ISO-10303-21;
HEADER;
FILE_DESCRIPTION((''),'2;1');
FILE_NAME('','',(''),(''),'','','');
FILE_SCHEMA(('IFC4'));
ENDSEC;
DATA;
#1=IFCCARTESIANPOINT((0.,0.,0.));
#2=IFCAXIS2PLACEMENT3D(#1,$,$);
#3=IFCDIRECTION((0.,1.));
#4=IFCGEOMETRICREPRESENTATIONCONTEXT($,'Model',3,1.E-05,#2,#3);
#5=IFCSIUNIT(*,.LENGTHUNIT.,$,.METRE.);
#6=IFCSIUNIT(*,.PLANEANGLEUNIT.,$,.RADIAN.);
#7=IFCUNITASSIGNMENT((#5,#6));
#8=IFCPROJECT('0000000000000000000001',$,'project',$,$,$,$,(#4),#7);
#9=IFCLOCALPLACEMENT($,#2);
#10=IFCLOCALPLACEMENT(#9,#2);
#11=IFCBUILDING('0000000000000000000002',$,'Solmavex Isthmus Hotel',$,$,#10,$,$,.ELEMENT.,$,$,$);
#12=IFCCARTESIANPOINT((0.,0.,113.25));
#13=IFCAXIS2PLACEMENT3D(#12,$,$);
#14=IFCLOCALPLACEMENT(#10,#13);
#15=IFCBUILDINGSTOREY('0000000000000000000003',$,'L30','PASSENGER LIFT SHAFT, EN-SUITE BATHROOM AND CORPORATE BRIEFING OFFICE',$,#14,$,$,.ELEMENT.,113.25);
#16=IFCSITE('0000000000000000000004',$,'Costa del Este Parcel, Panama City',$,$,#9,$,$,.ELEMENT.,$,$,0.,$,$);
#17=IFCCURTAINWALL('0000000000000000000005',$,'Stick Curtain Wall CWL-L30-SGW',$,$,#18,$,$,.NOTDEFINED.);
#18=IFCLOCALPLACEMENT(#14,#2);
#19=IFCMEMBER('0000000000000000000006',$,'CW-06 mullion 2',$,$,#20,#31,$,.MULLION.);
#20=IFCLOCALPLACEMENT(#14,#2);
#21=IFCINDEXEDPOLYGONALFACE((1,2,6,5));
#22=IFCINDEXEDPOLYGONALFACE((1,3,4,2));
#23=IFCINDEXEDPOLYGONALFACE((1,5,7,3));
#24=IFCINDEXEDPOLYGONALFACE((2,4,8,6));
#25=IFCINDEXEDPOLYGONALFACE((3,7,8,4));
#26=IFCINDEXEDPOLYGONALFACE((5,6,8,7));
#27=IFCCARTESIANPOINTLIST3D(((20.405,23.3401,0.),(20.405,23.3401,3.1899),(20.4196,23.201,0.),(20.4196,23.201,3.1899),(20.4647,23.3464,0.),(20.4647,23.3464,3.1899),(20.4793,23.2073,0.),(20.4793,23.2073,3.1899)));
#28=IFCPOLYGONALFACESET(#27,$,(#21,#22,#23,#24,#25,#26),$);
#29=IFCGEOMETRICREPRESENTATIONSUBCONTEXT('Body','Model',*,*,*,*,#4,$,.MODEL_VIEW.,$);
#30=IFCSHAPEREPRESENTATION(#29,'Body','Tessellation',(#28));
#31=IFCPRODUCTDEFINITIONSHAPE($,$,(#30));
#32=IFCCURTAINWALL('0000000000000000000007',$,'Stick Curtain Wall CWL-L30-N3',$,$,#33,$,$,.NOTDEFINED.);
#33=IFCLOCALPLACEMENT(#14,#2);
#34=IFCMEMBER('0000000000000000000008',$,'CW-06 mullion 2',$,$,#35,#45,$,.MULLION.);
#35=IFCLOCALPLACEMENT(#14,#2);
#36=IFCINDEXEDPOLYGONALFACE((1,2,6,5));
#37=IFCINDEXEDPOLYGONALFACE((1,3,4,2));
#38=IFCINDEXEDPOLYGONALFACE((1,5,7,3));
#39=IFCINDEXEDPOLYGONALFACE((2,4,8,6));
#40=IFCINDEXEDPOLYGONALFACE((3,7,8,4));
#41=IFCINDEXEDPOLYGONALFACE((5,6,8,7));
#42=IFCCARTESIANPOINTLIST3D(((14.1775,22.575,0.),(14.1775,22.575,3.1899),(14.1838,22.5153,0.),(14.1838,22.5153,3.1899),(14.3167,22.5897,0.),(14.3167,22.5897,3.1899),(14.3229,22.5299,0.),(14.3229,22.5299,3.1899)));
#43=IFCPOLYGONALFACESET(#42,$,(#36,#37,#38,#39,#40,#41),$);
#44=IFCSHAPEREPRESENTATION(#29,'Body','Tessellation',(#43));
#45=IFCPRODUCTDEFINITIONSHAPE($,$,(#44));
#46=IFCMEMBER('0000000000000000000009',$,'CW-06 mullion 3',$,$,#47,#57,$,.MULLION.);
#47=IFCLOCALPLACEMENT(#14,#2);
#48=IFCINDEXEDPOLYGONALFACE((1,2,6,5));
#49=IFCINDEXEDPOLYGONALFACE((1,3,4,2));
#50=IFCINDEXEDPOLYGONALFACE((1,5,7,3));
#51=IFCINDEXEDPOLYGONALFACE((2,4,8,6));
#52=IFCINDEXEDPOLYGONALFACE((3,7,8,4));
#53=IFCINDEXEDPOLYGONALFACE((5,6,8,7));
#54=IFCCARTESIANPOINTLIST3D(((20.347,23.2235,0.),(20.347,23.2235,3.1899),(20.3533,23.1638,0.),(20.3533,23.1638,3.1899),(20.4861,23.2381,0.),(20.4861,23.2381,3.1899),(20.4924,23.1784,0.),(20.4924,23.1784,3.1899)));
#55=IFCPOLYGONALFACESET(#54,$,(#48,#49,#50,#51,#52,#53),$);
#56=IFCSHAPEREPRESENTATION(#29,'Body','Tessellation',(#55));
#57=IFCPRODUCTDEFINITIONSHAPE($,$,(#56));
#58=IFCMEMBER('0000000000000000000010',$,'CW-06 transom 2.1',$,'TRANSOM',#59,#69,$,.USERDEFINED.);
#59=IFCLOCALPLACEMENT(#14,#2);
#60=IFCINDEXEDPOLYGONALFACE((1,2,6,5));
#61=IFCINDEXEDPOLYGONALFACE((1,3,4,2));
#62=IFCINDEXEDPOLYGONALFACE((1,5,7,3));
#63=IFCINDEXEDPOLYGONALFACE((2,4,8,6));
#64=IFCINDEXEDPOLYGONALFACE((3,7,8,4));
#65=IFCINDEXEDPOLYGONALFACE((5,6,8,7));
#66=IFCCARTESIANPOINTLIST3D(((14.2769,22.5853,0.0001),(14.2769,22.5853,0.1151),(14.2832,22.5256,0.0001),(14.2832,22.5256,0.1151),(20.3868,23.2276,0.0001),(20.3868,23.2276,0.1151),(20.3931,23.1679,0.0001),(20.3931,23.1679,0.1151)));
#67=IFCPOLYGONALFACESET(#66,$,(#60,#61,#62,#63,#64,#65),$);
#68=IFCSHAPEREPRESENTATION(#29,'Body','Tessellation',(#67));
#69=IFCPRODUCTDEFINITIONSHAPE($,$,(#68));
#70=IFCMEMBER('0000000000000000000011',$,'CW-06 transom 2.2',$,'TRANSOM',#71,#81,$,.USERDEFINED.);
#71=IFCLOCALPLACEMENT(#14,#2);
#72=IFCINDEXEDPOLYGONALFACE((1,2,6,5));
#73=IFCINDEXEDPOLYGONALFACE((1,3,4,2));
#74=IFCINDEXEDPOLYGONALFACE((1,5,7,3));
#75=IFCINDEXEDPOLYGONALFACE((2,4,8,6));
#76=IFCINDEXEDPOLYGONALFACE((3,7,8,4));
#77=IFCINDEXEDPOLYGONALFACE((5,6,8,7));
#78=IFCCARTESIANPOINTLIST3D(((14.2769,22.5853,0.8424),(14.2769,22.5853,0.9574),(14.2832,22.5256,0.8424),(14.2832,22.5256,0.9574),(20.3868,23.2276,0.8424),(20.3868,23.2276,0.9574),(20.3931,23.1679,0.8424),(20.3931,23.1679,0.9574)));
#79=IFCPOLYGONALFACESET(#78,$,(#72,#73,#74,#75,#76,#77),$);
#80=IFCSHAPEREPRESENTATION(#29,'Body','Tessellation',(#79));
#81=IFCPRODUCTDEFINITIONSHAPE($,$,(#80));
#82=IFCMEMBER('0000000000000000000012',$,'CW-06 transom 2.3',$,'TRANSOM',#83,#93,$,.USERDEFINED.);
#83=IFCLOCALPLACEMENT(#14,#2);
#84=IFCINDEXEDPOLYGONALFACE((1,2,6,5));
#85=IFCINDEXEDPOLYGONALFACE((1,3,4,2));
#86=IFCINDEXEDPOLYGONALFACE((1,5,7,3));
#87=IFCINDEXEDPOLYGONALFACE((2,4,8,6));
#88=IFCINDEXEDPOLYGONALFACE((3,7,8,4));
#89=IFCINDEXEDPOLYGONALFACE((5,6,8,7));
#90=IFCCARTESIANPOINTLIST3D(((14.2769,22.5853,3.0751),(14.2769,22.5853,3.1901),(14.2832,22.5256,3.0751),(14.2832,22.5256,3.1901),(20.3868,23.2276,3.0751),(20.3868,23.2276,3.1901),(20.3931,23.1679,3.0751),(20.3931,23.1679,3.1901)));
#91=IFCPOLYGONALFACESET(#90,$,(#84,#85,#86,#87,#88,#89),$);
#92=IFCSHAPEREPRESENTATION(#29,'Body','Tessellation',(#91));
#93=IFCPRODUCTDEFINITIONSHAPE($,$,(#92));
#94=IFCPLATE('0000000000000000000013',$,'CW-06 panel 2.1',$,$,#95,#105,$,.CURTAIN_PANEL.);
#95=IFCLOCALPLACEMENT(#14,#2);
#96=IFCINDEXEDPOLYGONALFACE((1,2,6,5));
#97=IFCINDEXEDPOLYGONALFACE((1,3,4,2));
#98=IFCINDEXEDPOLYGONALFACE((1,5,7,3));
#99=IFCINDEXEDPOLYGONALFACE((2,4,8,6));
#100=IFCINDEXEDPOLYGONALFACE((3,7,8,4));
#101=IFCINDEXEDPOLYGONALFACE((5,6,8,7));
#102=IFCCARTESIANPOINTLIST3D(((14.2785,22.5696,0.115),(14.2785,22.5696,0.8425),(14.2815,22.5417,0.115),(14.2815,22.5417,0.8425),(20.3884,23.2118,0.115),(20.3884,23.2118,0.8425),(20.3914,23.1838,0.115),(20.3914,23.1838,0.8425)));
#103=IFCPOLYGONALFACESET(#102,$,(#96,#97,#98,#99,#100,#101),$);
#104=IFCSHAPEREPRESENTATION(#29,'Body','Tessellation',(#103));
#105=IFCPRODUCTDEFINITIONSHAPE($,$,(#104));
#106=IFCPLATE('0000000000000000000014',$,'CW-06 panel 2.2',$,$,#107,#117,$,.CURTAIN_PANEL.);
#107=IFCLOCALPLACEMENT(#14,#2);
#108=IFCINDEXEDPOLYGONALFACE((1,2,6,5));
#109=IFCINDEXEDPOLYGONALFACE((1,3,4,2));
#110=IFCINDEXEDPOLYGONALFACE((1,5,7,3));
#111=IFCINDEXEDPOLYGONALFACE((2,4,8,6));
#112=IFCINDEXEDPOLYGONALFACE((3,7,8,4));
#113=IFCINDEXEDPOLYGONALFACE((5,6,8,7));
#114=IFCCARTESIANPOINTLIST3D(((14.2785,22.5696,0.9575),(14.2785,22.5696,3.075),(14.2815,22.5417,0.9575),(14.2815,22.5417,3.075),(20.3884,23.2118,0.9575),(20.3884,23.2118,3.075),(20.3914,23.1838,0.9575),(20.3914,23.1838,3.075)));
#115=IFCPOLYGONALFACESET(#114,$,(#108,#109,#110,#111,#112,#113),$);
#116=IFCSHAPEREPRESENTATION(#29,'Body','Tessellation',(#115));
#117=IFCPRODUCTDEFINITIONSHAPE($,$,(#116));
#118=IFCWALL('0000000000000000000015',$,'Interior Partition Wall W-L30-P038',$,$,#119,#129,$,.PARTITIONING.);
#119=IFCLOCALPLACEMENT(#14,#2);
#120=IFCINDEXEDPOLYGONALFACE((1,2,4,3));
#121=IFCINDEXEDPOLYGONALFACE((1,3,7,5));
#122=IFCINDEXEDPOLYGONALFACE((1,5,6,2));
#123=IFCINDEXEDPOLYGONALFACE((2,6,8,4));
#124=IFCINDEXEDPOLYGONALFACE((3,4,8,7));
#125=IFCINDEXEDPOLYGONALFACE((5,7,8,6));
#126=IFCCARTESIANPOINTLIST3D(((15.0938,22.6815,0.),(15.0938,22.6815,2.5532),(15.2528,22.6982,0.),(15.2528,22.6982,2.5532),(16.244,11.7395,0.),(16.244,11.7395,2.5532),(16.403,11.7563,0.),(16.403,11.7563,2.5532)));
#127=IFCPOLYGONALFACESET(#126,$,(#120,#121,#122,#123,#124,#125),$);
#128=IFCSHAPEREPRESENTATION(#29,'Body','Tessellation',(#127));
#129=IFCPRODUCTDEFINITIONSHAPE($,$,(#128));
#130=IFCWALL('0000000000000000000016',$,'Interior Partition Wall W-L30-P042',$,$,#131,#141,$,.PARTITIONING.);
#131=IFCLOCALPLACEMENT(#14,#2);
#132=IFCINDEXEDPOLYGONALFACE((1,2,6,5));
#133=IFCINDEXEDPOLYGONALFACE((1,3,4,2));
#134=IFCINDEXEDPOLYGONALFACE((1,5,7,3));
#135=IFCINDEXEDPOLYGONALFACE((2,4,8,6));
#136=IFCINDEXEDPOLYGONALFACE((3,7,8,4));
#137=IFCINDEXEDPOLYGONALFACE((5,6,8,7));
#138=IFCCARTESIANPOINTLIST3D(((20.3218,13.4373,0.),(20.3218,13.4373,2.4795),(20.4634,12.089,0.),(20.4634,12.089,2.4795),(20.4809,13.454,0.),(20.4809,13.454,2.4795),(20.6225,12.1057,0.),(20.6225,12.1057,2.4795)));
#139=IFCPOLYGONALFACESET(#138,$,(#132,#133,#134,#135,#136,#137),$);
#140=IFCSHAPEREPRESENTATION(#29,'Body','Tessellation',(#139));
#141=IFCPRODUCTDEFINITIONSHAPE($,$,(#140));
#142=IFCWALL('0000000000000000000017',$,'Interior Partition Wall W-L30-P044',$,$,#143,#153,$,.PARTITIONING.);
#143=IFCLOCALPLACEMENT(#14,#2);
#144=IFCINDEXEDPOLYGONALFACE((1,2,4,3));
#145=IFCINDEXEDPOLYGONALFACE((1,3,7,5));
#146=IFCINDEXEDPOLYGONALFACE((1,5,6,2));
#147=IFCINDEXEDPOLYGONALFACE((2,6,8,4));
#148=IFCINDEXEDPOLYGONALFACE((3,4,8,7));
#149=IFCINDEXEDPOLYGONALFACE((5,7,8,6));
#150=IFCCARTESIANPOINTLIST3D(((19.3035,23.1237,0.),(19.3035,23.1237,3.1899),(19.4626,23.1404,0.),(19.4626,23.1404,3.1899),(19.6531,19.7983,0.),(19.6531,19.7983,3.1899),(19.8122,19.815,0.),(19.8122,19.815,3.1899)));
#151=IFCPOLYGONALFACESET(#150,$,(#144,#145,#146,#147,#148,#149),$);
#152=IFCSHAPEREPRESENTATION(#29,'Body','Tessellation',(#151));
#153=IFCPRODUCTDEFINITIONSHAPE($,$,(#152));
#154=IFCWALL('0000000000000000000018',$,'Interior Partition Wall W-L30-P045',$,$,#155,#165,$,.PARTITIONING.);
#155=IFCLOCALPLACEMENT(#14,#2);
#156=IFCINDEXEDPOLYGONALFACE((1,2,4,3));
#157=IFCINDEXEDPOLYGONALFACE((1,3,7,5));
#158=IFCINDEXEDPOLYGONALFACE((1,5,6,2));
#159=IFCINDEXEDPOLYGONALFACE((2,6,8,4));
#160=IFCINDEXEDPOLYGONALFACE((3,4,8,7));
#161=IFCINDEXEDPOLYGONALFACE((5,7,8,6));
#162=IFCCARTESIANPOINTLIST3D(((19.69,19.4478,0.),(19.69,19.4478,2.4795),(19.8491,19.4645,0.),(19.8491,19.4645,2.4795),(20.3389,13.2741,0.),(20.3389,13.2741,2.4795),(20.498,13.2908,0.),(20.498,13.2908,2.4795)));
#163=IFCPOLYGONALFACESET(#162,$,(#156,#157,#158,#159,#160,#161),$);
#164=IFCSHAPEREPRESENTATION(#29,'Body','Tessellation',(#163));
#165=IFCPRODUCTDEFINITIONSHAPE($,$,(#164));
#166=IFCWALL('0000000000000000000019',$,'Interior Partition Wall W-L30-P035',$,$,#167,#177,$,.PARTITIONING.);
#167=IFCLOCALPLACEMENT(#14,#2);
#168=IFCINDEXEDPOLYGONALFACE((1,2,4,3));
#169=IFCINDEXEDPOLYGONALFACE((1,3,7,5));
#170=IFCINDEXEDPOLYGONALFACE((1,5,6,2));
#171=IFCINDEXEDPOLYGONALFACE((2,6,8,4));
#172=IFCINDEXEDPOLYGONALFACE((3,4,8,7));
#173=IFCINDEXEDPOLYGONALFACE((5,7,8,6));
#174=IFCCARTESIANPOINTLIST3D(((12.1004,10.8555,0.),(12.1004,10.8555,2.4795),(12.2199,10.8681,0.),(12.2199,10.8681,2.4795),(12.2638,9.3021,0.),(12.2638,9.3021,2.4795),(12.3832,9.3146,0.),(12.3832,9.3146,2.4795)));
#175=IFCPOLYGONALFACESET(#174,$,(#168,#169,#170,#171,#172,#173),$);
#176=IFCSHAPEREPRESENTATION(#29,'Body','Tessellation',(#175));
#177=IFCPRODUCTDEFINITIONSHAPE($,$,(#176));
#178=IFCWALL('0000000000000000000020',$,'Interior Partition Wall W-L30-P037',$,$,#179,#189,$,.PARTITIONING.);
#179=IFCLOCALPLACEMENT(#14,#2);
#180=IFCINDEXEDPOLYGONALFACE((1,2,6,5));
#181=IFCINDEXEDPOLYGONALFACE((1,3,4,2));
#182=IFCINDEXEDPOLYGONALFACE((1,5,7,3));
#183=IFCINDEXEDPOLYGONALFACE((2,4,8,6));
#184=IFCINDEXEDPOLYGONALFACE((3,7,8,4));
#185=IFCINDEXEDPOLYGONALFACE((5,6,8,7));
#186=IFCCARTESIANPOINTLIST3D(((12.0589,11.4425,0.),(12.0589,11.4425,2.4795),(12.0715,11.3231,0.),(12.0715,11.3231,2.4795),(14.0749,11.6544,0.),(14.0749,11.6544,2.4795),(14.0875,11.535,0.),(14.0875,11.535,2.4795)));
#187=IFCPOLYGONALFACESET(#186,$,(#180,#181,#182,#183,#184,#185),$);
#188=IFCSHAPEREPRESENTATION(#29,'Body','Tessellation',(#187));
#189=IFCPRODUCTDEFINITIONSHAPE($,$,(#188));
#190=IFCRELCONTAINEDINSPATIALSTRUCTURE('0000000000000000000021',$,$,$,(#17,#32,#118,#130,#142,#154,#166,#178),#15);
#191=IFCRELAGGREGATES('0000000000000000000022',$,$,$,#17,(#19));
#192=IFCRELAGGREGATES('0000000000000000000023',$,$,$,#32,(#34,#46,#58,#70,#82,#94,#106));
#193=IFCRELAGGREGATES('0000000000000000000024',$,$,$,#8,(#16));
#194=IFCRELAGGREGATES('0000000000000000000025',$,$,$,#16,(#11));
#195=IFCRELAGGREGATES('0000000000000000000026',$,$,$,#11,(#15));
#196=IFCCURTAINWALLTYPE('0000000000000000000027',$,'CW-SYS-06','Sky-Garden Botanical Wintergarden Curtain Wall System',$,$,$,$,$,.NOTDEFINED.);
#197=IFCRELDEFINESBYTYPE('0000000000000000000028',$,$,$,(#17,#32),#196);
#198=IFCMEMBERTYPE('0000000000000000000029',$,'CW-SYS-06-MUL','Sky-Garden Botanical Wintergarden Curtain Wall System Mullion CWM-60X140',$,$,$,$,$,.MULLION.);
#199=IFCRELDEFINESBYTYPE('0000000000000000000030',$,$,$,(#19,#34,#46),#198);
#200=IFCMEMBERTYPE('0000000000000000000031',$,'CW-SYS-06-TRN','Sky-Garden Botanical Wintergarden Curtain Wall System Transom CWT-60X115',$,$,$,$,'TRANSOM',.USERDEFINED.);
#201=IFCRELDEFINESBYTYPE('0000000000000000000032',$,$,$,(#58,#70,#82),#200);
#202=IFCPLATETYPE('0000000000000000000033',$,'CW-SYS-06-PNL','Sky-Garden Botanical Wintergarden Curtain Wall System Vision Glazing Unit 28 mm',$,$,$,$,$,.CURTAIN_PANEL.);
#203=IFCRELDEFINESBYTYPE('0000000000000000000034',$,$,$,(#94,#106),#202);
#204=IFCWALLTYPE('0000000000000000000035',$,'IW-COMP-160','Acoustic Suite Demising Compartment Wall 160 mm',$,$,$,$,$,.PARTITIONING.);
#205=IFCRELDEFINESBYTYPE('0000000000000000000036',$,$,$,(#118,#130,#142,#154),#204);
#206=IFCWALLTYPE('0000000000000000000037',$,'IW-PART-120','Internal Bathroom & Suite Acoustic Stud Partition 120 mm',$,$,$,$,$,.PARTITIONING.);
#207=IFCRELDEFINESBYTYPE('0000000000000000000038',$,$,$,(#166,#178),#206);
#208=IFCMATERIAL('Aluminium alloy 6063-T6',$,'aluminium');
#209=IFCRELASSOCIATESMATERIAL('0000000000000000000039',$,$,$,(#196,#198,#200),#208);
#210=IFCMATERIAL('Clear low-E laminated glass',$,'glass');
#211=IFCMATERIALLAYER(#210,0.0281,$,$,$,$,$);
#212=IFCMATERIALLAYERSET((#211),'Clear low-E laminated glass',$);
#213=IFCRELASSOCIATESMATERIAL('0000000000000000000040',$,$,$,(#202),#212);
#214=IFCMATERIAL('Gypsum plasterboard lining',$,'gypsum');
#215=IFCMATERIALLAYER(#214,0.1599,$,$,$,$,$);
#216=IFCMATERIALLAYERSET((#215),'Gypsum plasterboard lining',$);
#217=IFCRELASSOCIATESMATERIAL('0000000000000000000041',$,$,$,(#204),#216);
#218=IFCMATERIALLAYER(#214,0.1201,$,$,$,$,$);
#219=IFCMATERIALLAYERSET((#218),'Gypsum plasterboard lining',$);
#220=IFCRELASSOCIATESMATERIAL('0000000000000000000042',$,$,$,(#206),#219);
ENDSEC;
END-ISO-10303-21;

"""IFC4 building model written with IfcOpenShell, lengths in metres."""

from ifc_helpers import new_model, si_unit, direction, frame, frame_2d, origin, origin_2d, place, context, subcontext, project, spatial, rectangle, extrude, material, layer, layer_set, material_profile, profile_set, type_object, element, aggregate, save


model = new_model("IFC4")

# Units and contexts
model_context = context("Model", 3, precision=1e-05, world=origin(), true_north=direction((0.0, 1.0)))
body_context = subcontext(model_context, "Body", "Model", "MODEL_VIEW")
ifc_project = project(units=[si_unit("LENGTHUNIT", "METRE"), si_unit("PLANEANGLEUNIT", "RADIAN")], contexts=[model_context])

# Site, building, storey
site_placement = place(None, origin())
site = spatial("IfcSite", under=ifc_project, at=site_placement, Name="Costa del Este Parcel, Panama City", CompositionType="ELEMENT", RefElevation=0.0)
building_placement = place(site_placement, origin())
building = spatial("IfcBuilding", under=site, at=building_placement, Name="Solmavex Isthmus Hotel", CompositionType="ELEMENT")
storey_placement = place(building_placement, frame((0.0, 0.0, 113.25)))
storey = spatial("IfcBuildingStorey", under=building, at=storey_placement, Name="L30", Description="PASSENGER LIFT SHAFT, EN-SUITE BATHROOM AND CORPORATE BRIEFING OFFICE", CompositionType="ELEMENT", Elevation=113.25)

# Curtain wall, member
ifc_material_1 = material(Name="Aluminium alloy 6063-T6", Category="aluminium")
curtain_wall_type = type_object("IfcCurtainWallType", Name="CW-SYS-06", Description="Sky-Garden Botanical Wintergarden Curtain Wall System", PredefinedType="NOTDEFINED", material=ifc_material_1)
curtain_wall_1_placement = place(storey_placement, origin())
curtain_wall_1 = element("IfcCurtainWall", 1, at=curtain_wall_1_placement, inside=storey, type_object=curtain_wall_type, Name="Stick Curtain Wall CWL-L30-SGW", PredefinedType="NOTDEFINED")
ifc_material_profile_1 = material_profile(ifc_material_1, rectangle(XDim=0.0601, YDim=0.1399, at=origin_2d()), Name="CWM-60X140")
ifc_profile_set_1 = profile_set([ifc_material_profile_1], Name="Aluminium alloy 6063-T6")
member_type_1 = type_object("IfcMemberType", Name="CW-SYS-06-MUL", Description="Sky-Garden Botanical Wintergarden Curtain Wall System Mullion CWM-60X140", PredefinedType="MULLION", material=ifc_profile_set_1)
member_1_placement = place(storey_placement, frame((20.4421, 23.2737, 0.0), z_axis=(0.0, 0.0, 1.0), x_axis=(-0.994522, -0.104528, 0.0)))
member_1 = element("IfcMember", 2, at=member_1_placement, type_object=member_type_1, Name="CW-06 mullion 2", PredefinedType="MULLION", context=body_context, shape_type="SweptSolid", body=[
    extrude(rectangle(XDim=0.0601, YDim=0.1399, at=origin_2d()), origin(), (0.0, 0.0, 1.0), 3.1899),
])
aggregate(curtain_wall_1, [member_1])

# Curtain wall, members, plates
curtain_wall_2_placement = place(storey_placement, origin())
curtain_wall_2 = element("IfcCurtainWall", 3, at=curtain_wall_2_placement, inside=storey, type_object=curtain_wall_type, Name="Stick Curtain Wall CWL-L30-N3", PredefinedType="NOTDEFINED")
member_2_placement = place(storey_placement, frame((14.2502, 22.5525, 0.0), z_axis=(0.0, 0.0, 1.0), x_axis=(-0.104529, 0.994522, 0.0)))
member_2 = element("IfcMember", 4, at=member_2_placement, type_object=member_type_1, Name="CW-06 mullion 2", PredefinedType="MULLION", context=body_context, shape_type="SweptSolid", body=[
    extrude(rectangle(XDim=0.0601, YDim=0.1399, at=origin_2d()), origin(), (0.0, 0.0, 1.0), 3.1899),
])
member_3_placement = place(storey_placement, frame((20.4197, 23.2009, 0.0), z_axis=(0.0, 0.0, 1.0), x_axis=(-0.104529, 0.994522, 0.0)))
member_3 = element("IfcMember", 5, at=member_3_placement, type_object=member_type_1, Name="CW-06 mullion 3", PredefinedType="MULLION", context=body_context, shape_type="SweptSolid", body=[
    extrude(rectangle(XDim=0.0601, YDim=0.1399, at=origin_2d()), origin(), (0.0, 0.0, 1.0), 3.1899),
])
ifc_material_profile_2 = material_profile(ifc_material_1, rectangle(XDim=0.0601, YDim=0.115, at=origin_2d()), Name="CWT-60X115")
ifc_profile_set_2 = profile_set([ifc_material_profile_2], Name="Aluminium alloy 6063-T6")
member_type_2 = type_object("IfcMemberType", Name="CW-SYS-06-TRN", Description="Sky-Garden Botanical Wintergarden Curtain Wall System Transom CWT-60X115", ElementType="TRANSOM", PredefinedType="USERDEFINED", material=ifc_profile_set_2)
member_4_placement = place(storey_placement, frame((14.28, 22.5554, 0.0576), z_axis=(0.994519, 0.104554, 0.0), x_axis=(-0.104554, 0.994519, 0.0)))
member_4 = element("IfcMember", 6, at=member_4_placement, type_object=member_type_2, Name="CW-06 transom 2.1", ObjectType="TRANSOM", PredefinedType="USERDEFINED", context=body_context, shape_type="SweptSolid", body=[
    extrude(rectangle(XDim=0.0601, YDim=0.115, at=origin_2d()), origin(), (0.0, 0.0, 1.0), 6.1436),
])
member_5_placement = place(storey_placement, frame((14.28, 22.5554, 0.8999), z_axis=(0.994519, 0.104554, 0.0), x_axis=(-0.104554, 0.994519, 0.0)))
member_5 = element("IfcMember", 7, at=member_5_placement, type_object=member_type_2, Name="CW-06 transom 2.2", ObjectType="TRANSOM", PredefinedType="USERDEFINED", context=body_context, shape_type="SweptSolid", body=[
    extrude(rectangle(XDim=0.0601, YDim=0.115, at=origin_2d()), origin(), (0.0, 0.0, 1.0), 6.1436),
])
member_6_placement = place(storey_placement, frame((14.28, 22.5554, 3.1326), z_axis=(0.994519, 0.104554, 0.0), x_axis=(-0.104554, 0.994519, 0.0)))
member_6 = element("IfcMember", 8, at=member_6_placement, type_object=member_type_2, Name="CW-06 transom 2.3", ObjectType="TRANSOM", PredefinedType="USERDEFINED", context=body_context, shape_type="SweptSolid", body=[
    extrude(rectangle(XDim=0.0601, YDim=0.115, at=origin_2d()), origin(), (0.0, 0.0, 1.0), 6.1436),
])
ifc_material_2 = material(Name="Clear low-E laminated glass", Category="glass")
ifc_layer_1 = layer(ifc_material_2, 0.0281)
ifc_layer_set_1 = layer_set([ifc_layer_1], Name="Clear low-E laminated glass")
plate_type = type_object("IfcPlateType", Name="CW-SYS-06-PNL", Description="Sky-Garden Botanical Wintergarden Curtain Wall System Vision Glazing Unit 28 mm", PredefinedType="CURTAIN_PANEL", material=ifc_layer_set_1)
plate_1_placement = place(storey_placement, frame((17.335, 22.8767, 0.115), z_axis=(0.0, 0.0, 1.0), x_axis=(0.994522, 0.104529, 0.0)))
plate_1 = element("IfcPlate", 9, at=plate_1_placement, type_object=plate_type, Name="CW-06 panel 2.1", PredefinedType="CURTAIN_PANEL", context=body_context, shape_type="SweptSolid", body=[
    extrude(rectangle(XDim=6.1436, YDim=0.0281, at=origin_2d()), origin(), (0.0, 0.0, 1.0), 0.7275),
])
plate_2_placement = place(storey_placement, frame((17.335, 22.8767, 0.9575), z_axis=(0.0, 0.0, 1.0), x_axis=(0.994522, 0.104529, 0.0)))
plate_2 = element("IfcPlate", 10, at=plate_2_placement, type_object=plate_type, Name="CW-06 panel 2.2", PredefinedType="CURTAIN_PANEL", context=body_context, shape_type="SweptSolid", body=[
    extrude(rectangle(XDim=6.1436, YDim=0.0281, at=origin_2d()), origin(), (0.0, 0.0, 1.0), 2.1174),
])
aggregate(curtain_wall_2, [member_2, member_3, member_4, member_5, member_6, plate_1, plate_2])

# Walls
ifc_material_3 = material(Name="Gypsum plasterboard lining", Category="gypsum")
ifc_layer_2 = layer(ifc_material_3, 0.1599)
ifc_layer_set_2 = layer_set([ifc_layer_2], Name="Gypsum plasterboard lining")
wall_type_1 = type_object("IfcWallType", Name="IW-COMP-160", Description="Acoustic Suite Demising Compartment Wall 160 mm", PredefinedType="PARTITIONING", material=ifc_layer_set_2)
wall_1_placement = place(storey_placement, frame((15.1733, 22.6897, 0.0), z_axis=(0.0, 0.0, 1.0), x_axis=(0.104538, -0.994521, 0.0)))
element("IfcWall", 11, at=wall_1_placement, inside=storey, type_object=wall_type_1, Name="Interior Partition Wall W-L30-P038", PredefinedType="PARTITIONING", context=body_context, shape_type="SweptSolid", body=[
    extrude(rectangle(XDim=11.0022, YDim=0.1599, at=frame_2d((5.501, 0.0))), origin(), (0.0, 0.0, 1.0), 2.5532),
])
wall_2_placement = place(storey_placement, frame((20.4014, 13.4456, 0.0), z_axis=(0.0, 0.0, 1.0), x_axis=(0.104441, -0.994531, 0.0)))
element("IfcWall", 12, at=wall_2_placement, inside=storey, type_object=wall_type_1, Name="Interior Partition Wall W-L30-P042", PredefinedType="PARTITIONING", context=body_context, shape_type="SweptSolid", body=[
    extrude(rectangle(XDim=1.3557, YDim=0.1599, at=frame_2d((0.6777, 0.0))), origin(), (0.0, 0.0, 1.0), 2.4795),
])
wall_3_placement = place(storey_placement, frame((19.3831, 23.1321, 0.0), z_axis=(0.0, 0.0, 1.0), x_axis=(0.104556, -0.994519, 0.0)))
element("IfcWall", 13, at=wall_3_placement, inside=storey, type_object=wall_type_1, Name="Interior Partition Wall W-L30-P044", PredefinedType="PARTITIONING", context=body_context, shape_type="SweptSolid", body=[
    extrude(rectangle(XDim=3.3438, YDim=0.1599, at=frame_2d((1.6719, 0.0))), origin(), (0.0, 0.0, 1.0), 3.1899),
])
wall_4_placement = place(storey_placement, frame((19.7695, 19.4563, 0.0), z_axis=(0.0, 0.0, 1.0), x_axis=(0.104533, -0.994521, 0.0)))
element("IfcWall", 14, at=wall_4_placement, inside=storey, type_object=wall_type_1, Name="Interior Partition Wall W-L30-P045", PredefinedType="PARTITIONING", context=body_context, shape_type="SweptSolid", body=[
    extrude(rectangle(XDim=6.2078, YDim=0.1599, at=frame_2d((3.104, 0.0))), origin(), (0.0, 0.0, 1.0), 2.4795),
])

# Walls
ifc_layer_3 = layer(ifc_material_3, 0.1201)
ifc_layer_set_3 = layer_set([ifc_layer_3], Name="Gypsum plasterboard lining")
wall_type_2 = type_object("IfcWallType", Name="IW-PART-120", Description="Internal Bathroom & Suite Acoustic Stud Partition 120 mm", PredefinedType="PARTITIONING", material=ifc_layer_set_3)
wall_5_placement = place(storey_placement, frame((12.1602, 10.8618, 0.0), z_axis=(0.0, 0.0, 1.0), x_axis=(0.104563, -0.994518, 0.0)))
element("IfcWall", 15, at=wall_5_placement, inside=storey, type_object=wall_type_2, Name="Interior Partition Wall W-L30-P035", PredefinedType="PARTITIONING", context=body_context, shape_type="SweptSolid", body=[
    extrude(rectangle(XDim=1.562, YDim=0.1201, at=frame_2d((0.781, 0.0))), origin(), (0.0, 0.0, 1.0), 2.4795),
])
wall_6_placement = place(storey_placement, frame((14.0813, 11.5947, 0.0), z_axis=(0.0, 0.0, 1.0), x_axis=(-0.994521, -0.104534, 0.0)))
element("IfcWall", 16, at=wall_6_placement, inside=storey, type_object=wall_type_2, Name="Interior Partition Wall W-L30-P037", PredefinedType="PARTITIONING", context=body_context, shape_type="SweptSolid", body=[
    extrude(rectangle(XDim=2.0271, YDim=0.1201, at=frame_2d((1.0137, 0.0))), origin(), (0.0, 0.0, 1.0), 2.4795),
])

save(model, "model.ifc")
